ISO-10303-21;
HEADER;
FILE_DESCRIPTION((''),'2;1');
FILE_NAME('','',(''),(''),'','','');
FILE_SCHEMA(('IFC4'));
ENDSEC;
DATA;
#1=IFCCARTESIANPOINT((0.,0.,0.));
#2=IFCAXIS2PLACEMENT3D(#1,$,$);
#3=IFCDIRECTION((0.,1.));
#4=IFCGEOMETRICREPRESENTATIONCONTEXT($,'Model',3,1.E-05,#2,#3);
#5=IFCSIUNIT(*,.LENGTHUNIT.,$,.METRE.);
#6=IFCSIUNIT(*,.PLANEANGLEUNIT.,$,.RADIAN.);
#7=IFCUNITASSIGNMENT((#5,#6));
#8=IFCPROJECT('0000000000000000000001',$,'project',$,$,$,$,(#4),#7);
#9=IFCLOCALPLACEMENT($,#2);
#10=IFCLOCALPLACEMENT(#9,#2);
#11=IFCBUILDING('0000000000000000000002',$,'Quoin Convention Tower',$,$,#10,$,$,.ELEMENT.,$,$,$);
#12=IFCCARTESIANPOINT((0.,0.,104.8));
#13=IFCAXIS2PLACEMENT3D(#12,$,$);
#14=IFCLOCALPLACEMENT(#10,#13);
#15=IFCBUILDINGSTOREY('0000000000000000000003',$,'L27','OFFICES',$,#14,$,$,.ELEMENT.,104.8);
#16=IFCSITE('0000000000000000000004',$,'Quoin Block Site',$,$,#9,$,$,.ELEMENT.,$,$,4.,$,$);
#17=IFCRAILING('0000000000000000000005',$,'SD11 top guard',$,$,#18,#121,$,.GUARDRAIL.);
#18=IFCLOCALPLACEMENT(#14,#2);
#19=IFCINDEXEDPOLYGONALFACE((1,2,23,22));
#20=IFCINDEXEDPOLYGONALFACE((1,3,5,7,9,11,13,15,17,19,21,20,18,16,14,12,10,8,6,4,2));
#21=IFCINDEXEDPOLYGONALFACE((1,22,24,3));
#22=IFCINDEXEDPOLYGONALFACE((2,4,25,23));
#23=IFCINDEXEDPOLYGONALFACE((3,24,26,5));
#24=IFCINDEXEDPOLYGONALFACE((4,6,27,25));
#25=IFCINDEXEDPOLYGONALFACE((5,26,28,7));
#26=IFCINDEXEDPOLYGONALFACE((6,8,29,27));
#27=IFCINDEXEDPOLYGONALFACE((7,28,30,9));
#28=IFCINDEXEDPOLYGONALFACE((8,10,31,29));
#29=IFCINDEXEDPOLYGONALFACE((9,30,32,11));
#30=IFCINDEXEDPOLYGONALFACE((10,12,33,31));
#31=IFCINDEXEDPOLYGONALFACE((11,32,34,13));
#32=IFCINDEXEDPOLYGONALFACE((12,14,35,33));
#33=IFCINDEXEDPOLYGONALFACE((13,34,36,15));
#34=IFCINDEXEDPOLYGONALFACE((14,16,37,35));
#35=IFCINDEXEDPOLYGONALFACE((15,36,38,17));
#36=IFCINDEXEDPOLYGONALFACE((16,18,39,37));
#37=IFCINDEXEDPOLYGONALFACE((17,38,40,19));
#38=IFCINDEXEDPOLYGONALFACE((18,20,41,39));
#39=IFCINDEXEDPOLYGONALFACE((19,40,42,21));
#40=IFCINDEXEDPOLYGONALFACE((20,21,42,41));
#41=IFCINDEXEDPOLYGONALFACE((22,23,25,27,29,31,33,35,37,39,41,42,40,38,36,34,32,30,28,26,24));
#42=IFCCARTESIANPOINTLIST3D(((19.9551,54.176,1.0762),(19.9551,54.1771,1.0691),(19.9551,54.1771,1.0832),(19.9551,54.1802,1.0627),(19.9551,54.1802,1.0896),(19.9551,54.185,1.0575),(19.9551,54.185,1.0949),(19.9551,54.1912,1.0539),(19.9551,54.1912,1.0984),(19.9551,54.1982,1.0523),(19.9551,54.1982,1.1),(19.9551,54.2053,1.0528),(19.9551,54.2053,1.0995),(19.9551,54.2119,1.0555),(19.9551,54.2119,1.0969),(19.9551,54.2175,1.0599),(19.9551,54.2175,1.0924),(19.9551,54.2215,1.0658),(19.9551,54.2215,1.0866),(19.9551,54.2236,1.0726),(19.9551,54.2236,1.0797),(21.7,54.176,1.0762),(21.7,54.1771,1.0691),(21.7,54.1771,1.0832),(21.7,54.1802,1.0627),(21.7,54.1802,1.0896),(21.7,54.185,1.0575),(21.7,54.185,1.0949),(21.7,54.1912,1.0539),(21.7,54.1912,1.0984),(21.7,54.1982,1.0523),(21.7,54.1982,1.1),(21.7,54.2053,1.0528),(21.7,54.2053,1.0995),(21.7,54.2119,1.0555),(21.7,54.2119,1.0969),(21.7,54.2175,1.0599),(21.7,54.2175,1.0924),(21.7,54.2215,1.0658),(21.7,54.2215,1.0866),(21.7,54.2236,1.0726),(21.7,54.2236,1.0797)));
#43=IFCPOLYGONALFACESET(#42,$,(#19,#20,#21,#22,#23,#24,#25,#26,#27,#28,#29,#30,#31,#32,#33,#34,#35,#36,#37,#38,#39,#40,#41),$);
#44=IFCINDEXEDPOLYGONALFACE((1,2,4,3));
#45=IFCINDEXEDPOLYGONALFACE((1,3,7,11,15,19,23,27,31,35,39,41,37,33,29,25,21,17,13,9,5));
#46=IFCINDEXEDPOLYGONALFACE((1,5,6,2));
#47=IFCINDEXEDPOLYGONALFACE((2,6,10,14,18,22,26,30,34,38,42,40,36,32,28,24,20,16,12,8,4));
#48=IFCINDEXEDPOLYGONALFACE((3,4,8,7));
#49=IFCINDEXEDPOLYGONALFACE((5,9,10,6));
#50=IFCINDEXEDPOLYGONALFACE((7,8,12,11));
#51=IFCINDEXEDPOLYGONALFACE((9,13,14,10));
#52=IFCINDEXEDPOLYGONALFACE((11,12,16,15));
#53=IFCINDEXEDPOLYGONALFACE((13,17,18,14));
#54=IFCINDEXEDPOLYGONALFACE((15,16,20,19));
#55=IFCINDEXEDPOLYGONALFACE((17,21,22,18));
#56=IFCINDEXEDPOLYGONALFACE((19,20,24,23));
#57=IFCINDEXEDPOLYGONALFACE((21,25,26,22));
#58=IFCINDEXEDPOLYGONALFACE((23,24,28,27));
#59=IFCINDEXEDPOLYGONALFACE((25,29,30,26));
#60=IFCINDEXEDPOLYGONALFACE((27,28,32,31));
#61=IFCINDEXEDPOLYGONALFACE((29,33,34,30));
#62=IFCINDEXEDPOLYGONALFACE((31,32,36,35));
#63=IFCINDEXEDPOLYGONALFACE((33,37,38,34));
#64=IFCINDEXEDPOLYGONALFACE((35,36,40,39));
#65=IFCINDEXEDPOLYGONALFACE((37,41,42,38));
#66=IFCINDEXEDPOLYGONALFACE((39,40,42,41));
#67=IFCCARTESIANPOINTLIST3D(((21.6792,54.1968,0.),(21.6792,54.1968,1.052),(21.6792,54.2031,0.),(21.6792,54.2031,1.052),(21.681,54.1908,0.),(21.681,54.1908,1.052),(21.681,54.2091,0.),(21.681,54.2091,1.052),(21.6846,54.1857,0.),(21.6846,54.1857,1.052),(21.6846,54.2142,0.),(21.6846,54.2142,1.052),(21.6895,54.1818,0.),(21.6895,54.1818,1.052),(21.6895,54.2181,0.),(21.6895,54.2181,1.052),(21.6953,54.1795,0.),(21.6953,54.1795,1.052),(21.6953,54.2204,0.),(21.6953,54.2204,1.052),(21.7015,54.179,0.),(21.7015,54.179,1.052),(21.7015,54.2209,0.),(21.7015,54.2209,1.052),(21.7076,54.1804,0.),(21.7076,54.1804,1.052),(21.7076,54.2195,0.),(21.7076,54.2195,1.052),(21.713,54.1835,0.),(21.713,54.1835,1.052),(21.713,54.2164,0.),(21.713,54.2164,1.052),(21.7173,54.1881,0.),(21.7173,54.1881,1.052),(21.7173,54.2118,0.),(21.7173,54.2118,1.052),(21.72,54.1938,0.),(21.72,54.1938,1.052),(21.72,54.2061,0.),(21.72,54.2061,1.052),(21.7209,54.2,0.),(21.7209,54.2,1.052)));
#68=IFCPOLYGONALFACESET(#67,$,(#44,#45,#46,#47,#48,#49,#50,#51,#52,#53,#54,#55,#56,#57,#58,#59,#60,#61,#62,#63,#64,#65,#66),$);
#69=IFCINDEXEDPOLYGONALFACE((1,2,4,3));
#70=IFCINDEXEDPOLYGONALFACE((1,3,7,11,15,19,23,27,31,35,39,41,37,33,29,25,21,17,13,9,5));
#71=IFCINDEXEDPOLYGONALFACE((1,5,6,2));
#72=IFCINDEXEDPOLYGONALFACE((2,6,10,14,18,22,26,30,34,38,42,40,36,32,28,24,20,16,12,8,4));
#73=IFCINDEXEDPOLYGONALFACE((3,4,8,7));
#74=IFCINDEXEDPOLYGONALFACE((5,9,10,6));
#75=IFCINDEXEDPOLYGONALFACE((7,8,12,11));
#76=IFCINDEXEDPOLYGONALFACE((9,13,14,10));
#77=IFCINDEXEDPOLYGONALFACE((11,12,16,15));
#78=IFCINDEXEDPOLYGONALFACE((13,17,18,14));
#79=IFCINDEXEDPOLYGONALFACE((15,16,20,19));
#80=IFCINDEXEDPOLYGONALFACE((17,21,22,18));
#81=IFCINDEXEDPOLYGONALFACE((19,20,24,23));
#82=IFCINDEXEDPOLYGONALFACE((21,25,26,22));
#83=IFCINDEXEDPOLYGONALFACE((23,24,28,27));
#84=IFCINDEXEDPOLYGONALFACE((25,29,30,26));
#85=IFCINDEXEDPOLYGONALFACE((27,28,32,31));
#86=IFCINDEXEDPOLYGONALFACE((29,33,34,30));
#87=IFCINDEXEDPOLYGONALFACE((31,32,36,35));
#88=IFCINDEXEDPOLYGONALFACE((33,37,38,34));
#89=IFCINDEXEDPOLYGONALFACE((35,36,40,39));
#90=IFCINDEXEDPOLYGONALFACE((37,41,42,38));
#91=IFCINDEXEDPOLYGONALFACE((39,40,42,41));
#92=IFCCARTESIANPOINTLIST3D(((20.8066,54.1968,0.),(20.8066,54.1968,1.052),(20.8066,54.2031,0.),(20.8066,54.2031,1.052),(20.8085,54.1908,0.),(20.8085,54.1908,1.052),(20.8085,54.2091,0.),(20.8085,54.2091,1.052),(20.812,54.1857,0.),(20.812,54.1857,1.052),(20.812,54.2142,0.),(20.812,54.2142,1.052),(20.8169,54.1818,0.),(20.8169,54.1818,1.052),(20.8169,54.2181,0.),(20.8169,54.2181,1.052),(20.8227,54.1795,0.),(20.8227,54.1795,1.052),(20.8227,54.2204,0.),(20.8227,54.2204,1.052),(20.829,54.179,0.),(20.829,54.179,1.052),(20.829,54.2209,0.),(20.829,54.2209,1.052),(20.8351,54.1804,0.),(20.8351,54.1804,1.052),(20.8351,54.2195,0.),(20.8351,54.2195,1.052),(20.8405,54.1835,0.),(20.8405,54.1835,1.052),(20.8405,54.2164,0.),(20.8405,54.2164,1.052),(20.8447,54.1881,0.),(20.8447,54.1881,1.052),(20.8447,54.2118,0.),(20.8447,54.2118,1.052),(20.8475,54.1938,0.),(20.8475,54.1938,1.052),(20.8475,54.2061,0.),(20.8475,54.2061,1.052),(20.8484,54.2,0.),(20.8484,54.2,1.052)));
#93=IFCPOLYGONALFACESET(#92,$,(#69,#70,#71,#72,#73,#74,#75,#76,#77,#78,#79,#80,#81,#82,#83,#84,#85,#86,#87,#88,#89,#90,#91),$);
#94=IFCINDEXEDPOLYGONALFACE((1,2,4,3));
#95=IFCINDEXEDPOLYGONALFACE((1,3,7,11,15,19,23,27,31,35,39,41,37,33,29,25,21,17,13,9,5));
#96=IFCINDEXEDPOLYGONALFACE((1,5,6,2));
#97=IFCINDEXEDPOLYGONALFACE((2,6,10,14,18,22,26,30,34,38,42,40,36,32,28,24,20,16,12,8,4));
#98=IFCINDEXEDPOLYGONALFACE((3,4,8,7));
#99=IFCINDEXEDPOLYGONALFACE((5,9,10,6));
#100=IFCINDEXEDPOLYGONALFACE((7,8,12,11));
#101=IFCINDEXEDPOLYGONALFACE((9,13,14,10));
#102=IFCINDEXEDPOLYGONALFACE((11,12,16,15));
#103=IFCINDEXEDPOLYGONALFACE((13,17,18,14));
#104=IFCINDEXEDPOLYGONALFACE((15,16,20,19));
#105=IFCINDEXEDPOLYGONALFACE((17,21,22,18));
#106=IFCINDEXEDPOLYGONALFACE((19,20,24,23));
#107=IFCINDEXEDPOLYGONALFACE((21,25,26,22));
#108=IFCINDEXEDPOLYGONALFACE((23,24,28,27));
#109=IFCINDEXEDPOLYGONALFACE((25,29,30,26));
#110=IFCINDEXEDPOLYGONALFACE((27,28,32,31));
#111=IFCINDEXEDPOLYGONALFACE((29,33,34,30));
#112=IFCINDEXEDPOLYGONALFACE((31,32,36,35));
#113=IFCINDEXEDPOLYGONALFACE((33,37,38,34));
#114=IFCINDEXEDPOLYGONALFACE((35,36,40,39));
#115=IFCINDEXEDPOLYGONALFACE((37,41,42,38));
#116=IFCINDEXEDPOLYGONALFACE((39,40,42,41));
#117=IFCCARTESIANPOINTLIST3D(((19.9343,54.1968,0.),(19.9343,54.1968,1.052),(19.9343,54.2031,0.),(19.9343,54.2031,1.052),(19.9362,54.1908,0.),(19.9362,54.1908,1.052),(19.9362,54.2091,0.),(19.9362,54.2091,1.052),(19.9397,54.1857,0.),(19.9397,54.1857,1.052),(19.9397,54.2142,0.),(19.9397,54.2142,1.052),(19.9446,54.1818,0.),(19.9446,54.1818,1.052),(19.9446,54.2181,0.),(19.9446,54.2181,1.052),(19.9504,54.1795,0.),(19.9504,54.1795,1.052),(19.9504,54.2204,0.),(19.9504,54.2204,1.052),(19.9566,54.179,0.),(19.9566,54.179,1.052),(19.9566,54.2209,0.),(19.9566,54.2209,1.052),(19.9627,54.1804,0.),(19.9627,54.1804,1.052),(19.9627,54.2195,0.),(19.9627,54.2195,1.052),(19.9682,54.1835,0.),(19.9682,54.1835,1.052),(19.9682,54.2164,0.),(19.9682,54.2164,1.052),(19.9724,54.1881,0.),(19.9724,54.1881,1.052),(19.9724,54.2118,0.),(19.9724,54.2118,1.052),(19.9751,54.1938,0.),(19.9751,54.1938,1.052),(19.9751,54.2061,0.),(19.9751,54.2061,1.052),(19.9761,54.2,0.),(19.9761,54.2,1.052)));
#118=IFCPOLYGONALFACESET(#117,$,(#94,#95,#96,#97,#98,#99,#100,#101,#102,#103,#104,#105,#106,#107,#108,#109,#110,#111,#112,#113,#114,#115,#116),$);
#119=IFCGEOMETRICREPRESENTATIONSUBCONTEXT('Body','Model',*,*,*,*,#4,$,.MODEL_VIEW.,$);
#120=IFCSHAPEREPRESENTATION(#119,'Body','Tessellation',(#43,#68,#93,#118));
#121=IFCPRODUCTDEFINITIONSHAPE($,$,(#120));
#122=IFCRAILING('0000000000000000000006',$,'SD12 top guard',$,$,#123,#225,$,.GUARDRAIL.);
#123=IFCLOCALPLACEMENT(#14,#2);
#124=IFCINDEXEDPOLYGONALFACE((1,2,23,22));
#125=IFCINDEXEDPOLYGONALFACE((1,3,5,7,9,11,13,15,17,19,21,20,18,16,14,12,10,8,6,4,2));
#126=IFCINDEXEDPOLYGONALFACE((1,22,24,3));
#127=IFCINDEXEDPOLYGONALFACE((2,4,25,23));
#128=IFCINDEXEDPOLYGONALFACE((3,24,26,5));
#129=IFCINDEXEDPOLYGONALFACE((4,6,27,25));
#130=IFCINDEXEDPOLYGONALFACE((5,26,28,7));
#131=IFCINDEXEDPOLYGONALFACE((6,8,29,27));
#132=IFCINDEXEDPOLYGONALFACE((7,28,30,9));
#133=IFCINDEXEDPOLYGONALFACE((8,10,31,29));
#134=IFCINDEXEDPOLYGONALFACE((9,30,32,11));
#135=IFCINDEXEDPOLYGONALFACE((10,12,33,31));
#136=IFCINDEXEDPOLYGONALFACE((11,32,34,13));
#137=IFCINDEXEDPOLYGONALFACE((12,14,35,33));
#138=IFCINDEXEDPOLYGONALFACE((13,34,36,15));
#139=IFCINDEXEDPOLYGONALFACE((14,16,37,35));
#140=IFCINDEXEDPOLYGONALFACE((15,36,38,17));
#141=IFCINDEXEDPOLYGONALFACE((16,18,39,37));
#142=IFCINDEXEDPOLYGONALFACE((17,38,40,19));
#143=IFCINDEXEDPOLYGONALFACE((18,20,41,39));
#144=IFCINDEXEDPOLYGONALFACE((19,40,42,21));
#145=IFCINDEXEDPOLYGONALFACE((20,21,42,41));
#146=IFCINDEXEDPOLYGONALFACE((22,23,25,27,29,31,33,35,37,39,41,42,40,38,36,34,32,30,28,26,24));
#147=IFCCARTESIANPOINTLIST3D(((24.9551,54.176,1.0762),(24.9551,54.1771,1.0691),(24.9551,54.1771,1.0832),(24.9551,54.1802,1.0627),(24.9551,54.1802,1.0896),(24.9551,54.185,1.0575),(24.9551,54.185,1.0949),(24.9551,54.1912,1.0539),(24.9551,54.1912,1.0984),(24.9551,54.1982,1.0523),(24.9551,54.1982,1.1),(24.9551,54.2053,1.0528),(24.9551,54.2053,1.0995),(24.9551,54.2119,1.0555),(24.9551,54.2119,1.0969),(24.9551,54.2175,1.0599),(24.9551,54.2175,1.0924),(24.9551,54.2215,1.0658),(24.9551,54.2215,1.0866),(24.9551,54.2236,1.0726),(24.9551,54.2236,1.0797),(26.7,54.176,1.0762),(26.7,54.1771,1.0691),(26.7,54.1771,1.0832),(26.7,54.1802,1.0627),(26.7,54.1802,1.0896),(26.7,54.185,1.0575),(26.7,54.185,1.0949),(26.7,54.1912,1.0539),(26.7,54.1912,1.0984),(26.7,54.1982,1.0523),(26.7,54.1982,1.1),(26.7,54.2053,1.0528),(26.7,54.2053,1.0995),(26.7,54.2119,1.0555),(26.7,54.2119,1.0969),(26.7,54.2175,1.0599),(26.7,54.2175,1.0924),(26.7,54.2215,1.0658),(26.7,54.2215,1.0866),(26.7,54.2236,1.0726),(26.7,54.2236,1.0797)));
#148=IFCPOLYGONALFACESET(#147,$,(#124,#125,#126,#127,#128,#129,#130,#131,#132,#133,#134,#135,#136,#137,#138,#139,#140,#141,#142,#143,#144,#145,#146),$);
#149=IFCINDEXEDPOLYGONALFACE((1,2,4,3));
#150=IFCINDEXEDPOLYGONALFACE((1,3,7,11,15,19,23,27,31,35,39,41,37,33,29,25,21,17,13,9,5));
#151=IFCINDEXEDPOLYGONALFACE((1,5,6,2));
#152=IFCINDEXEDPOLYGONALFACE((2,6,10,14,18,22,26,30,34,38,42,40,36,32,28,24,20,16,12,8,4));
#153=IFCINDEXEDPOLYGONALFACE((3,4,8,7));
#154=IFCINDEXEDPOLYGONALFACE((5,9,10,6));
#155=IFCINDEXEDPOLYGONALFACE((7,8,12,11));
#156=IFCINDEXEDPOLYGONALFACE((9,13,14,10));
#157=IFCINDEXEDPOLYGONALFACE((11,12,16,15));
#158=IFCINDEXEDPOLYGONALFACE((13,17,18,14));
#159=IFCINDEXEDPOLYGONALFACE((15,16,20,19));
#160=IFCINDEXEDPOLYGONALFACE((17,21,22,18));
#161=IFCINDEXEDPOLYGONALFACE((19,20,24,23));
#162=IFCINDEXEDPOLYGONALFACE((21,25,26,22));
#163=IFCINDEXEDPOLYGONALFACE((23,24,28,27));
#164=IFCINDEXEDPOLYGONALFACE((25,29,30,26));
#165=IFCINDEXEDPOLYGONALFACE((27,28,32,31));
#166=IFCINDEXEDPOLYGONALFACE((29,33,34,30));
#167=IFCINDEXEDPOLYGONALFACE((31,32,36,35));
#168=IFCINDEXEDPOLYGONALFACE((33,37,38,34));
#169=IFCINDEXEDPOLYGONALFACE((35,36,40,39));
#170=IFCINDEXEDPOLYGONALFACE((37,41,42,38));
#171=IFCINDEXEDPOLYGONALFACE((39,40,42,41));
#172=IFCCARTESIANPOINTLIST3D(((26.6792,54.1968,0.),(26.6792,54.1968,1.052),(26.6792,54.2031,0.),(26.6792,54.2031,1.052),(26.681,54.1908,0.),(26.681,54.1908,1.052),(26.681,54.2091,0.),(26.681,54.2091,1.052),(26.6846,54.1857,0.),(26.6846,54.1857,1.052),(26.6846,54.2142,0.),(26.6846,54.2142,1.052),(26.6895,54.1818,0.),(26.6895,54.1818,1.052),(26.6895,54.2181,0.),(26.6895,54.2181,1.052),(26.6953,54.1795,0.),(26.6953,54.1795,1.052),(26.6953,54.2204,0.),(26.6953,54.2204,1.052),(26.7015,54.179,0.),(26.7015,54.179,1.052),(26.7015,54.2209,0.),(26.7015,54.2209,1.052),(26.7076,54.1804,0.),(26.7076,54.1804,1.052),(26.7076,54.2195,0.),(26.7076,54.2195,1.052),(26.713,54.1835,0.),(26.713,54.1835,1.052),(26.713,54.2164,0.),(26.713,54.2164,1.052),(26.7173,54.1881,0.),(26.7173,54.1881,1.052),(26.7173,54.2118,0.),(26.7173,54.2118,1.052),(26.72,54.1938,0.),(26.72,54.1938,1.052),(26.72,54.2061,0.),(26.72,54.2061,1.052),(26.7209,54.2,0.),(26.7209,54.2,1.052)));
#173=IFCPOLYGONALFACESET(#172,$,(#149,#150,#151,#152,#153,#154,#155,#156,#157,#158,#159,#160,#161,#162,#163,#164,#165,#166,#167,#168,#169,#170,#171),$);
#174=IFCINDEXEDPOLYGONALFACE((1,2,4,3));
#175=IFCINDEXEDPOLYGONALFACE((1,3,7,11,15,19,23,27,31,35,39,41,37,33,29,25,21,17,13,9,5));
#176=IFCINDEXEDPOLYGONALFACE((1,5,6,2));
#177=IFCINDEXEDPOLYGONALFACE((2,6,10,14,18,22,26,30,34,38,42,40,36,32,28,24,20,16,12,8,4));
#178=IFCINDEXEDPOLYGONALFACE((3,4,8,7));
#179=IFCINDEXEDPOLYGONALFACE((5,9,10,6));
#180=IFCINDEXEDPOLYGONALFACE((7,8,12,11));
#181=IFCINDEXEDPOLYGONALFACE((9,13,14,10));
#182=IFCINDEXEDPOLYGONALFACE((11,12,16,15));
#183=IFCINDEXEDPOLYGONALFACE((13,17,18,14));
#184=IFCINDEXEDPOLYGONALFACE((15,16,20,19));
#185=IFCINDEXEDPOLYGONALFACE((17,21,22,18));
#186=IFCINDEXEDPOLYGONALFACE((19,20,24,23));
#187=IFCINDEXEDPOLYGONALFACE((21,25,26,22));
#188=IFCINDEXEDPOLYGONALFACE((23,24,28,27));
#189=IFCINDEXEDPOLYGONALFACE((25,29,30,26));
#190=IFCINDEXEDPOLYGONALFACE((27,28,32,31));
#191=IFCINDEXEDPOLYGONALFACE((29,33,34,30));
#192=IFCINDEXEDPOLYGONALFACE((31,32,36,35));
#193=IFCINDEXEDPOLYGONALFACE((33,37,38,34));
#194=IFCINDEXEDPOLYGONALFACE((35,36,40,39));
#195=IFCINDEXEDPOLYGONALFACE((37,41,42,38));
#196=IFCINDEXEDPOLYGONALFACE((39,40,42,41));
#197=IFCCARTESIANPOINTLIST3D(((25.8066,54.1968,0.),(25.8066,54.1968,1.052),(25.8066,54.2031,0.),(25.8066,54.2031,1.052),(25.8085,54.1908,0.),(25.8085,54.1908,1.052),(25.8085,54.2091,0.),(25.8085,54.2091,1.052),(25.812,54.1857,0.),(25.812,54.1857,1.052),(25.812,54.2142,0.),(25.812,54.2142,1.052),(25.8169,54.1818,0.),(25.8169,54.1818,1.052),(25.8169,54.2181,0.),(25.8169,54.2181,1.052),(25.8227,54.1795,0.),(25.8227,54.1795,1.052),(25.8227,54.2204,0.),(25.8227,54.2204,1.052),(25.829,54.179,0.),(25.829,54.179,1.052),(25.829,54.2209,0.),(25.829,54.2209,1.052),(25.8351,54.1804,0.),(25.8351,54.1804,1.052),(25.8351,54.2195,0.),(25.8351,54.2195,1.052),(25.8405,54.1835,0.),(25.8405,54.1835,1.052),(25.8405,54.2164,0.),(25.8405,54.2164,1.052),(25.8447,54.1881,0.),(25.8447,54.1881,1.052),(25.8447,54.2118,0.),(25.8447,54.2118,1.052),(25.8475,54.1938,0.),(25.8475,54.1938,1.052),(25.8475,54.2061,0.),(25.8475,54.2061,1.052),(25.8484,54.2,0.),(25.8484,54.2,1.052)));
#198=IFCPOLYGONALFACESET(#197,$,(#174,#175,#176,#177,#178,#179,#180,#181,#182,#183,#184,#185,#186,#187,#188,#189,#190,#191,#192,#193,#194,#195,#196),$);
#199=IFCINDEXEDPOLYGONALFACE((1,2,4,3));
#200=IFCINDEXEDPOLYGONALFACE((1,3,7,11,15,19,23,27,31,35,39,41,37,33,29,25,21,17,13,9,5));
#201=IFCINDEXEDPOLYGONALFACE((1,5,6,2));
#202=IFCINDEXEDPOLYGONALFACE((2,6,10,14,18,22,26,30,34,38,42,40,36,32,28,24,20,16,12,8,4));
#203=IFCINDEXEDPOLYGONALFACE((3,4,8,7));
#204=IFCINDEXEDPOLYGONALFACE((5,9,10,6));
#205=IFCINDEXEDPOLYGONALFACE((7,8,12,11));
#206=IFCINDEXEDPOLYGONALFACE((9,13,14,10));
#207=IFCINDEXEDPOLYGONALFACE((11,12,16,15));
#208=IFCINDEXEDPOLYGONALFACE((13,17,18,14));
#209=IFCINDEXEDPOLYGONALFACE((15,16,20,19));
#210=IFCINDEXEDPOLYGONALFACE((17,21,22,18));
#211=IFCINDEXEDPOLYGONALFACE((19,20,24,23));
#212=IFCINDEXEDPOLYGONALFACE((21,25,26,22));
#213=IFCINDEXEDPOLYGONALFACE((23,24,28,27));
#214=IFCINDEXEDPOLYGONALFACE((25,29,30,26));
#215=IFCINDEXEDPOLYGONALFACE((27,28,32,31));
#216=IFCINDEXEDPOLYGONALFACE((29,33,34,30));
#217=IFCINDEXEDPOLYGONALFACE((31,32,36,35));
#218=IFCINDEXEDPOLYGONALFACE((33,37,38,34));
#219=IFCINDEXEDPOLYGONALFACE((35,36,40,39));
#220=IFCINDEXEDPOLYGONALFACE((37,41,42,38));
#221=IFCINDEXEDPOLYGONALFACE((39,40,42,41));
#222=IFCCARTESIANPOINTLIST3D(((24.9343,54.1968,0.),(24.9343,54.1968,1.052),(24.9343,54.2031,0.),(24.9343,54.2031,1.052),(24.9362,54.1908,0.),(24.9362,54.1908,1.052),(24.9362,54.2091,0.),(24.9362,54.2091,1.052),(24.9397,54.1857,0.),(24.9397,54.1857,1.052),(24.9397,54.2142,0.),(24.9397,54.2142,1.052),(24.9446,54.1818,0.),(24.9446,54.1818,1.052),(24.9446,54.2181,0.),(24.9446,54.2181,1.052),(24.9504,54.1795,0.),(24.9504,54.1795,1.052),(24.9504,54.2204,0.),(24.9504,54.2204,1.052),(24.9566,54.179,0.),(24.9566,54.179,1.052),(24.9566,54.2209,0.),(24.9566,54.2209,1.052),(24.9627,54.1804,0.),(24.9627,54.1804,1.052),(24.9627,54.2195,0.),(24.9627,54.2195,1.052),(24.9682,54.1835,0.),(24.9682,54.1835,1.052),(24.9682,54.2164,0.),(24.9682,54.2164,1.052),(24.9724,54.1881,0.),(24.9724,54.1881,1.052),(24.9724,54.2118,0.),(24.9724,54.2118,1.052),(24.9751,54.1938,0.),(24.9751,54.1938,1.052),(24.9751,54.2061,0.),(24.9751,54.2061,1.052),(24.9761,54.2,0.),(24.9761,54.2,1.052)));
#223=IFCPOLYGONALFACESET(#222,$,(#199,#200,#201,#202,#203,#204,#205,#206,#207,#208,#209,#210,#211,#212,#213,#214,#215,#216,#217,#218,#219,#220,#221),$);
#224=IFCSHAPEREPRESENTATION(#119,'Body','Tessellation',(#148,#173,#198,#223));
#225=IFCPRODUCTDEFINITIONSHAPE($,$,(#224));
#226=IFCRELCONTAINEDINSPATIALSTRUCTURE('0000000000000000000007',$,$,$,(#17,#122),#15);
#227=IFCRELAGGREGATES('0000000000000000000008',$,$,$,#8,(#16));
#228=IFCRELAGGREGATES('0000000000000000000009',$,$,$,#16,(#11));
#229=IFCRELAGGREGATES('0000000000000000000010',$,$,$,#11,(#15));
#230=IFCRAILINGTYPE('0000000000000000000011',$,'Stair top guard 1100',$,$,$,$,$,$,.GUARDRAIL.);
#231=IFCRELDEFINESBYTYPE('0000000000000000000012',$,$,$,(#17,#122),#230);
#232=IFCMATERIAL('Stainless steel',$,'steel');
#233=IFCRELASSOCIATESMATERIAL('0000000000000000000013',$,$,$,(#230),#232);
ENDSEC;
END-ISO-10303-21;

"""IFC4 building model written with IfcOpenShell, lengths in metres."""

from ifc_helpers import new_model, si_unit, direction, frame, origin, origin_2d, place, context, subcontext, project, spatial, circle, extrude, material, type_object, element, save


model = new_model("IFC4")

# Units and contexts
model_context = context("Model", 3, precision=1e-05, world=origin(), true_north=direction((0.0, 1.0)))
body_context = subcontext(model_context, "Body", "Model", "MODEL_VIEW")
ifc_project = project(units=[si_unit("LENGTHUNIT", "METRE"), si_unit("PLANEANGLEUNIT", "RADIAN")], contexts=[model_context])

# Site, building, storey
site_placement = place(None, origin())
site = spatial("IfcSite", under=ifc_project, at=site_placement, Name="Quoin Block Site", CompositionType="ELEMENT", RefElevation=4.0)
building_placement = place(site_placement, origin())
building = spatial("IfcBuilding", under=site, at=building_placement, Name="Quoin Convention Tower", CompositionType="ELEMENT")
storey_placement = place(building_placement, frame((0.0, 0.0, 104.8)))
storey = spatial("IfcBuildingStorey", under=building, at=storey_placement, Name="L27", Description="OFFICES", CompositionType="ELEMENT", Elevation=104.8)

# Railings
ifc_material_1 = material(Name="Stainless steel", Category="steel")
railing_type_1 = type_object("IfcRailingType", Name="Stair top guard 1100", PredefinedType="GUARDRAIL", material=ifc_material_1)
for number, where, name in (
    (1, (21.7, 54.2, 0.0), "SD11 top guard"),
    (2, (26.7, 54.2, 0.0), "SD12 top guard"),
):
    element("IfcRailing", number, at=place(storey_placement, frame(where)), inside=storey, type_object=railing_type_1, Name=name, PredefinedType="GUARDRAIL", context=body_context, shape_type="SweptSolid", body=[
        extrude(circle(Radius=0.0239, at=origin_2d()), frame((0.0, 0.0, 1.0762), z_axis=(-1.0, 0.0, 0.0), x_axis=(0.0, -1.0, 0.0)), (0.0, 0.0, 1.0), 1.7449),
        extrude(circle(Radius=0.021, at=origin_2d()), origin(), (0.0, 0.0, 1.0), 1.052),
        extrude(circle(Radius=0.021, at=origin_2d()), frame((-0.8726, 0.0, 0.0)), (0.0, 0.0, 1.0), 1.052),
        extrude(circle(Radius=0.021, at=origin_2d()), frame((-1.7449, 0.0, 0.0)), (0.0, 0.0, 1.0), 1.052),
    ])

save(model, "model.ifc")
